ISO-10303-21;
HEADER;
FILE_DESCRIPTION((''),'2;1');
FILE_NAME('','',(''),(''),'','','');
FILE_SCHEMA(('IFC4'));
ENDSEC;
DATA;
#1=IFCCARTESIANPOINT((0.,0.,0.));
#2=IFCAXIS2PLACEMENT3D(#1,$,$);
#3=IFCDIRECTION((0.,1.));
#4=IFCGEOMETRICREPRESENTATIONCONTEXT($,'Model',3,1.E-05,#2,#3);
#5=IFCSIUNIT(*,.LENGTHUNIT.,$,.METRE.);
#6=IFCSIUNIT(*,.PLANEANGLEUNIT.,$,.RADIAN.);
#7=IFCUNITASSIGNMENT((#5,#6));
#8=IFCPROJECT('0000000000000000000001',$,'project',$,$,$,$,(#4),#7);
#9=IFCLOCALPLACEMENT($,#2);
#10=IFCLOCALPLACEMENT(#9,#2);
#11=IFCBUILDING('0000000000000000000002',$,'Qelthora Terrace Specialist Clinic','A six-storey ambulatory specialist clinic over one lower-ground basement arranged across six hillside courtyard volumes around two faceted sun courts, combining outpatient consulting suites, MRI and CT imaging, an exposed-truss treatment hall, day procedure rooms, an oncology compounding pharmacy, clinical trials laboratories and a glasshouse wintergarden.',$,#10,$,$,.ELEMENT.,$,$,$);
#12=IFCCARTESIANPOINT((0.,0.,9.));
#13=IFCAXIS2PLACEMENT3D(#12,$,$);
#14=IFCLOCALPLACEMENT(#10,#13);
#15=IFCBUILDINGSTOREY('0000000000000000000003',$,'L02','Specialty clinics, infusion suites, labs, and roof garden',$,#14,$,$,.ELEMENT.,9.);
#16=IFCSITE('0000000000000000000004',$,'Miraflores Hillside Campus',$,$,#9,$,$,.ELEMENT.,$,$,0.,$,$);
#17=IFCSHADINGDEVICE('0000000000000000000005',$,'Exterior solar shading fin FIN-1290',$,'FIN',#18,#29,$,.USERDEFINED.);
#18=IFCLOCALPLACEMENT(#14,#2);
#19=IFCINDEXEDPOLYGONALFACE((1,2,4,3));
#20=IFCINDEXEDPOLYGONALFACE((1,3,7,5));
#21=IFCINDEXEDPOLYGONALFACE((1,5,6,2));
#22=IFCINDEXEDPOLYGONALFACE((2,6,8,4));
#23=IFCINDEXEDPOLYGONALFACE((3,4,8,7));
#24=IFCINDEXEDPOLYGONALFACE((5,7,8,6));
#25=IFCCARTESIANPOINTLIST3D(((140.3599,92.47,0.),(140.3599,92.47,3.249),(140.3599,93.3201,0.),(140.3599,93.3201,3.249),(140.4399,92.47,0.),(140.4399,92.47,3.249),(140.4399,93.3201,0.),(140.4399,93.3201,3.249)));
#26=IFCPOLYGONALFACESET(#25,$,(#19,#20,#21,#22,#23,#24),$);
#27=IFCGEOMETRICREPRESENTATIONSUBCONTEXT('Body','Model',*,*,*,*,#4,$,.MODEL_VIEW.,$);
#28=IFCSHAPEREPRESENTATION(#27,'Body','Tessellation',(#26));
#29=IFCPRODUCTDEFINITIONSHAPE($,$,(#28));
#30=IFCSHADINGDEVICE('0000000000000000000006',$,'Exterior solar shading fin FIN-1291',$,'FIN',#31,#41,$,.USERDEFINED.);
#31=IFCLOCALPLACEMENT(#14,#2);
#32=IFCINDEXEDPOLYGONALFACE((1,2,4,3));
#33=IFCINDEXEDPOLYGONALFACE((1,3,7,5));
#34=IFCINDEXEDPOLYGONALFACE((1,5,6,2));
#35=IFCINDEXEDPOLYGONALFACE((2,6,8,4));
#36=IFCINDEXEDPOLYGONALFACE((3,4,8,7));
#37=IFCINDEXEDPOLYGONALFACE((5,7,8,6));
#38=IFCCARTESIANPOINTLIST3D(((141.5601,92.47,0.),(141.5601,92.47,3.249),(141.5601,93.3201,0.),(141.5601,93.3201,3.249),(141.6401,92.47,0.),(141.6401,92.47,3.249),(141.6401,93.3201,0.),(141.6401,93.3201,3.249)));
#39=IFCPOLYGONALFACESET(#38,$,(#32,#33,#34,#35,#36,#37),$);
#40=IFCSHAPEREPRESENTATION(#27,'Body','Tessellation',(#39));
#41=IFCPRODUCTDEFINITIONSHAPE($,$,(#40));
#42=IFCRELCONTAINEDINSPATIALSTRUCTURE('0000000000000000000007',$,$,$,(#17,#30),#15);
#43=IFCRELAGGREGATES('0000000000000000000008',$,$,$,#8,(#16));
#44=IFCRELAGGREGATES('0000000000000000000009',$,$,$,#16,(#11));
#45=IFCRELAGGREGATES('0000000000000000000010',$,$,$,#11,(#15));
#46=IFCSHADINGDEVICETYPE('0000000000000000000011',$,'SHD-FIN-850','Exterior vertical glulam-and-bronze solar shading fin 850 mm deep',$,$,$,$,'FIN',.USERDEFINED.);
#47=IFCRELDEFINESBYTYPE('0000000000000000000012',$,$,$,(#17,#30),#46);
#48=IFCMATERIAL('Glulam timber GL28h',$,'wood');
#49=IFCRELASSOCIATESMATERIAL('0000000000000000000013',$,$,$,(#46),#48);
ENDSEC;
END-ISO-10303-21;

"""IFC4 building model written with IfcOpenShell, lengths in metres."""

from ifc_helpers import new_model, si_unit, direction, frame, origin, origin_2d, place, context, subcontext, project, spatial, rectangle, extrude, material, type_object, element, save


model = new_model("IFC4")

# Units and contexts
model_context = context("Model", 3, precision=1e-05, world=origin(), true_north=direction((0.0, 1.0)))
body_context = subcontext(model_context, "Body", "Model", "MODEL_VIEW")
ifc_project = project(units=[si_unit("LENGTHUNIT", "METRE"), si_unit("PLANEANGLEUNIT", "RADIAN")], contexts=[model_context])

# Site, building, storey
site_placement = place(None, origin())
site = spatial("IfcSite", under=ifc_project, at=site_placement, Name="Miraflores Hillside Campus", CompositionType="ELEMENT", RefElevation=0.0)
building_placement = place(site_placement, origin())
building = spatial("IfcBuilding", under=site, at=building_placement, Name="Qelthora Terrace Specialist Clinic", Description="A six-storey ambulatory specialist clinic over one lower-ground basement arranged across six hillside courtyard volumes around two faceted sun courts, combining outpatient consulting suites, MRI and CT imaging, an exposed-truss treatment hall, day procedure rooms, an oncology compounding pharmacy, clinical trials laboratories and a glasshouse wintergarden.", CompositionType="ELEMENT")
storey_placement = place(building_placement, frame((0.0, 0.0, 9.0)))
storey = spatial("IfcBuildingStorey", under=building, at=storey_placement, Name="L02", Description="Specialty clinics, infusion suites, labs, and roof garden", CompositionType="ELEMENT", Elevation=9.0)

# Shading devices
ifc_material_1 = material(Name="Glulam timber GL28h", Category="wood")
shading_device_type = type_object("IfcShadingDeviceType", Name="SHD-FIN-850", Description="Exterior vertical glulam-and-bronze solar shading fin 850 mm deep", ElementType="FIN", PredefinedType="USERDEFINED", material=ifc_material_1)
for number, where, z_axis, x_axis, name in (
    (1, (140.3999, 92.895, 0.0), (0.0, 0.0, 1.0), (0.0, 1.0, 0.0), "Exterior solar shading fin FIN-1290"),
    (2, (141.6001, 92.895, 0.0), (0.0, 0.0, 1.0), (0.0, 1.0, 0.0), "Exterior solar shading fin FIN-1291"),
):
    element("IfcShadingDevice", number, at=place(storey_placement, frame(where, z_axis=z_axis, x_axis=x_axis)), inside=storey, type_object=shading_device_type, Name=name, ObjectType="FIN", PredefinedType="USERDEFINED", context=body_context, shape_type="SweptSolid", body=[
        extrude(rectangle(XDim=0.8501, YDim=0.0801, at=origin_2d()), origin(), (0.0, 0.0, 1.0), 3.249),
    ])

save(model, "model.ifc")
